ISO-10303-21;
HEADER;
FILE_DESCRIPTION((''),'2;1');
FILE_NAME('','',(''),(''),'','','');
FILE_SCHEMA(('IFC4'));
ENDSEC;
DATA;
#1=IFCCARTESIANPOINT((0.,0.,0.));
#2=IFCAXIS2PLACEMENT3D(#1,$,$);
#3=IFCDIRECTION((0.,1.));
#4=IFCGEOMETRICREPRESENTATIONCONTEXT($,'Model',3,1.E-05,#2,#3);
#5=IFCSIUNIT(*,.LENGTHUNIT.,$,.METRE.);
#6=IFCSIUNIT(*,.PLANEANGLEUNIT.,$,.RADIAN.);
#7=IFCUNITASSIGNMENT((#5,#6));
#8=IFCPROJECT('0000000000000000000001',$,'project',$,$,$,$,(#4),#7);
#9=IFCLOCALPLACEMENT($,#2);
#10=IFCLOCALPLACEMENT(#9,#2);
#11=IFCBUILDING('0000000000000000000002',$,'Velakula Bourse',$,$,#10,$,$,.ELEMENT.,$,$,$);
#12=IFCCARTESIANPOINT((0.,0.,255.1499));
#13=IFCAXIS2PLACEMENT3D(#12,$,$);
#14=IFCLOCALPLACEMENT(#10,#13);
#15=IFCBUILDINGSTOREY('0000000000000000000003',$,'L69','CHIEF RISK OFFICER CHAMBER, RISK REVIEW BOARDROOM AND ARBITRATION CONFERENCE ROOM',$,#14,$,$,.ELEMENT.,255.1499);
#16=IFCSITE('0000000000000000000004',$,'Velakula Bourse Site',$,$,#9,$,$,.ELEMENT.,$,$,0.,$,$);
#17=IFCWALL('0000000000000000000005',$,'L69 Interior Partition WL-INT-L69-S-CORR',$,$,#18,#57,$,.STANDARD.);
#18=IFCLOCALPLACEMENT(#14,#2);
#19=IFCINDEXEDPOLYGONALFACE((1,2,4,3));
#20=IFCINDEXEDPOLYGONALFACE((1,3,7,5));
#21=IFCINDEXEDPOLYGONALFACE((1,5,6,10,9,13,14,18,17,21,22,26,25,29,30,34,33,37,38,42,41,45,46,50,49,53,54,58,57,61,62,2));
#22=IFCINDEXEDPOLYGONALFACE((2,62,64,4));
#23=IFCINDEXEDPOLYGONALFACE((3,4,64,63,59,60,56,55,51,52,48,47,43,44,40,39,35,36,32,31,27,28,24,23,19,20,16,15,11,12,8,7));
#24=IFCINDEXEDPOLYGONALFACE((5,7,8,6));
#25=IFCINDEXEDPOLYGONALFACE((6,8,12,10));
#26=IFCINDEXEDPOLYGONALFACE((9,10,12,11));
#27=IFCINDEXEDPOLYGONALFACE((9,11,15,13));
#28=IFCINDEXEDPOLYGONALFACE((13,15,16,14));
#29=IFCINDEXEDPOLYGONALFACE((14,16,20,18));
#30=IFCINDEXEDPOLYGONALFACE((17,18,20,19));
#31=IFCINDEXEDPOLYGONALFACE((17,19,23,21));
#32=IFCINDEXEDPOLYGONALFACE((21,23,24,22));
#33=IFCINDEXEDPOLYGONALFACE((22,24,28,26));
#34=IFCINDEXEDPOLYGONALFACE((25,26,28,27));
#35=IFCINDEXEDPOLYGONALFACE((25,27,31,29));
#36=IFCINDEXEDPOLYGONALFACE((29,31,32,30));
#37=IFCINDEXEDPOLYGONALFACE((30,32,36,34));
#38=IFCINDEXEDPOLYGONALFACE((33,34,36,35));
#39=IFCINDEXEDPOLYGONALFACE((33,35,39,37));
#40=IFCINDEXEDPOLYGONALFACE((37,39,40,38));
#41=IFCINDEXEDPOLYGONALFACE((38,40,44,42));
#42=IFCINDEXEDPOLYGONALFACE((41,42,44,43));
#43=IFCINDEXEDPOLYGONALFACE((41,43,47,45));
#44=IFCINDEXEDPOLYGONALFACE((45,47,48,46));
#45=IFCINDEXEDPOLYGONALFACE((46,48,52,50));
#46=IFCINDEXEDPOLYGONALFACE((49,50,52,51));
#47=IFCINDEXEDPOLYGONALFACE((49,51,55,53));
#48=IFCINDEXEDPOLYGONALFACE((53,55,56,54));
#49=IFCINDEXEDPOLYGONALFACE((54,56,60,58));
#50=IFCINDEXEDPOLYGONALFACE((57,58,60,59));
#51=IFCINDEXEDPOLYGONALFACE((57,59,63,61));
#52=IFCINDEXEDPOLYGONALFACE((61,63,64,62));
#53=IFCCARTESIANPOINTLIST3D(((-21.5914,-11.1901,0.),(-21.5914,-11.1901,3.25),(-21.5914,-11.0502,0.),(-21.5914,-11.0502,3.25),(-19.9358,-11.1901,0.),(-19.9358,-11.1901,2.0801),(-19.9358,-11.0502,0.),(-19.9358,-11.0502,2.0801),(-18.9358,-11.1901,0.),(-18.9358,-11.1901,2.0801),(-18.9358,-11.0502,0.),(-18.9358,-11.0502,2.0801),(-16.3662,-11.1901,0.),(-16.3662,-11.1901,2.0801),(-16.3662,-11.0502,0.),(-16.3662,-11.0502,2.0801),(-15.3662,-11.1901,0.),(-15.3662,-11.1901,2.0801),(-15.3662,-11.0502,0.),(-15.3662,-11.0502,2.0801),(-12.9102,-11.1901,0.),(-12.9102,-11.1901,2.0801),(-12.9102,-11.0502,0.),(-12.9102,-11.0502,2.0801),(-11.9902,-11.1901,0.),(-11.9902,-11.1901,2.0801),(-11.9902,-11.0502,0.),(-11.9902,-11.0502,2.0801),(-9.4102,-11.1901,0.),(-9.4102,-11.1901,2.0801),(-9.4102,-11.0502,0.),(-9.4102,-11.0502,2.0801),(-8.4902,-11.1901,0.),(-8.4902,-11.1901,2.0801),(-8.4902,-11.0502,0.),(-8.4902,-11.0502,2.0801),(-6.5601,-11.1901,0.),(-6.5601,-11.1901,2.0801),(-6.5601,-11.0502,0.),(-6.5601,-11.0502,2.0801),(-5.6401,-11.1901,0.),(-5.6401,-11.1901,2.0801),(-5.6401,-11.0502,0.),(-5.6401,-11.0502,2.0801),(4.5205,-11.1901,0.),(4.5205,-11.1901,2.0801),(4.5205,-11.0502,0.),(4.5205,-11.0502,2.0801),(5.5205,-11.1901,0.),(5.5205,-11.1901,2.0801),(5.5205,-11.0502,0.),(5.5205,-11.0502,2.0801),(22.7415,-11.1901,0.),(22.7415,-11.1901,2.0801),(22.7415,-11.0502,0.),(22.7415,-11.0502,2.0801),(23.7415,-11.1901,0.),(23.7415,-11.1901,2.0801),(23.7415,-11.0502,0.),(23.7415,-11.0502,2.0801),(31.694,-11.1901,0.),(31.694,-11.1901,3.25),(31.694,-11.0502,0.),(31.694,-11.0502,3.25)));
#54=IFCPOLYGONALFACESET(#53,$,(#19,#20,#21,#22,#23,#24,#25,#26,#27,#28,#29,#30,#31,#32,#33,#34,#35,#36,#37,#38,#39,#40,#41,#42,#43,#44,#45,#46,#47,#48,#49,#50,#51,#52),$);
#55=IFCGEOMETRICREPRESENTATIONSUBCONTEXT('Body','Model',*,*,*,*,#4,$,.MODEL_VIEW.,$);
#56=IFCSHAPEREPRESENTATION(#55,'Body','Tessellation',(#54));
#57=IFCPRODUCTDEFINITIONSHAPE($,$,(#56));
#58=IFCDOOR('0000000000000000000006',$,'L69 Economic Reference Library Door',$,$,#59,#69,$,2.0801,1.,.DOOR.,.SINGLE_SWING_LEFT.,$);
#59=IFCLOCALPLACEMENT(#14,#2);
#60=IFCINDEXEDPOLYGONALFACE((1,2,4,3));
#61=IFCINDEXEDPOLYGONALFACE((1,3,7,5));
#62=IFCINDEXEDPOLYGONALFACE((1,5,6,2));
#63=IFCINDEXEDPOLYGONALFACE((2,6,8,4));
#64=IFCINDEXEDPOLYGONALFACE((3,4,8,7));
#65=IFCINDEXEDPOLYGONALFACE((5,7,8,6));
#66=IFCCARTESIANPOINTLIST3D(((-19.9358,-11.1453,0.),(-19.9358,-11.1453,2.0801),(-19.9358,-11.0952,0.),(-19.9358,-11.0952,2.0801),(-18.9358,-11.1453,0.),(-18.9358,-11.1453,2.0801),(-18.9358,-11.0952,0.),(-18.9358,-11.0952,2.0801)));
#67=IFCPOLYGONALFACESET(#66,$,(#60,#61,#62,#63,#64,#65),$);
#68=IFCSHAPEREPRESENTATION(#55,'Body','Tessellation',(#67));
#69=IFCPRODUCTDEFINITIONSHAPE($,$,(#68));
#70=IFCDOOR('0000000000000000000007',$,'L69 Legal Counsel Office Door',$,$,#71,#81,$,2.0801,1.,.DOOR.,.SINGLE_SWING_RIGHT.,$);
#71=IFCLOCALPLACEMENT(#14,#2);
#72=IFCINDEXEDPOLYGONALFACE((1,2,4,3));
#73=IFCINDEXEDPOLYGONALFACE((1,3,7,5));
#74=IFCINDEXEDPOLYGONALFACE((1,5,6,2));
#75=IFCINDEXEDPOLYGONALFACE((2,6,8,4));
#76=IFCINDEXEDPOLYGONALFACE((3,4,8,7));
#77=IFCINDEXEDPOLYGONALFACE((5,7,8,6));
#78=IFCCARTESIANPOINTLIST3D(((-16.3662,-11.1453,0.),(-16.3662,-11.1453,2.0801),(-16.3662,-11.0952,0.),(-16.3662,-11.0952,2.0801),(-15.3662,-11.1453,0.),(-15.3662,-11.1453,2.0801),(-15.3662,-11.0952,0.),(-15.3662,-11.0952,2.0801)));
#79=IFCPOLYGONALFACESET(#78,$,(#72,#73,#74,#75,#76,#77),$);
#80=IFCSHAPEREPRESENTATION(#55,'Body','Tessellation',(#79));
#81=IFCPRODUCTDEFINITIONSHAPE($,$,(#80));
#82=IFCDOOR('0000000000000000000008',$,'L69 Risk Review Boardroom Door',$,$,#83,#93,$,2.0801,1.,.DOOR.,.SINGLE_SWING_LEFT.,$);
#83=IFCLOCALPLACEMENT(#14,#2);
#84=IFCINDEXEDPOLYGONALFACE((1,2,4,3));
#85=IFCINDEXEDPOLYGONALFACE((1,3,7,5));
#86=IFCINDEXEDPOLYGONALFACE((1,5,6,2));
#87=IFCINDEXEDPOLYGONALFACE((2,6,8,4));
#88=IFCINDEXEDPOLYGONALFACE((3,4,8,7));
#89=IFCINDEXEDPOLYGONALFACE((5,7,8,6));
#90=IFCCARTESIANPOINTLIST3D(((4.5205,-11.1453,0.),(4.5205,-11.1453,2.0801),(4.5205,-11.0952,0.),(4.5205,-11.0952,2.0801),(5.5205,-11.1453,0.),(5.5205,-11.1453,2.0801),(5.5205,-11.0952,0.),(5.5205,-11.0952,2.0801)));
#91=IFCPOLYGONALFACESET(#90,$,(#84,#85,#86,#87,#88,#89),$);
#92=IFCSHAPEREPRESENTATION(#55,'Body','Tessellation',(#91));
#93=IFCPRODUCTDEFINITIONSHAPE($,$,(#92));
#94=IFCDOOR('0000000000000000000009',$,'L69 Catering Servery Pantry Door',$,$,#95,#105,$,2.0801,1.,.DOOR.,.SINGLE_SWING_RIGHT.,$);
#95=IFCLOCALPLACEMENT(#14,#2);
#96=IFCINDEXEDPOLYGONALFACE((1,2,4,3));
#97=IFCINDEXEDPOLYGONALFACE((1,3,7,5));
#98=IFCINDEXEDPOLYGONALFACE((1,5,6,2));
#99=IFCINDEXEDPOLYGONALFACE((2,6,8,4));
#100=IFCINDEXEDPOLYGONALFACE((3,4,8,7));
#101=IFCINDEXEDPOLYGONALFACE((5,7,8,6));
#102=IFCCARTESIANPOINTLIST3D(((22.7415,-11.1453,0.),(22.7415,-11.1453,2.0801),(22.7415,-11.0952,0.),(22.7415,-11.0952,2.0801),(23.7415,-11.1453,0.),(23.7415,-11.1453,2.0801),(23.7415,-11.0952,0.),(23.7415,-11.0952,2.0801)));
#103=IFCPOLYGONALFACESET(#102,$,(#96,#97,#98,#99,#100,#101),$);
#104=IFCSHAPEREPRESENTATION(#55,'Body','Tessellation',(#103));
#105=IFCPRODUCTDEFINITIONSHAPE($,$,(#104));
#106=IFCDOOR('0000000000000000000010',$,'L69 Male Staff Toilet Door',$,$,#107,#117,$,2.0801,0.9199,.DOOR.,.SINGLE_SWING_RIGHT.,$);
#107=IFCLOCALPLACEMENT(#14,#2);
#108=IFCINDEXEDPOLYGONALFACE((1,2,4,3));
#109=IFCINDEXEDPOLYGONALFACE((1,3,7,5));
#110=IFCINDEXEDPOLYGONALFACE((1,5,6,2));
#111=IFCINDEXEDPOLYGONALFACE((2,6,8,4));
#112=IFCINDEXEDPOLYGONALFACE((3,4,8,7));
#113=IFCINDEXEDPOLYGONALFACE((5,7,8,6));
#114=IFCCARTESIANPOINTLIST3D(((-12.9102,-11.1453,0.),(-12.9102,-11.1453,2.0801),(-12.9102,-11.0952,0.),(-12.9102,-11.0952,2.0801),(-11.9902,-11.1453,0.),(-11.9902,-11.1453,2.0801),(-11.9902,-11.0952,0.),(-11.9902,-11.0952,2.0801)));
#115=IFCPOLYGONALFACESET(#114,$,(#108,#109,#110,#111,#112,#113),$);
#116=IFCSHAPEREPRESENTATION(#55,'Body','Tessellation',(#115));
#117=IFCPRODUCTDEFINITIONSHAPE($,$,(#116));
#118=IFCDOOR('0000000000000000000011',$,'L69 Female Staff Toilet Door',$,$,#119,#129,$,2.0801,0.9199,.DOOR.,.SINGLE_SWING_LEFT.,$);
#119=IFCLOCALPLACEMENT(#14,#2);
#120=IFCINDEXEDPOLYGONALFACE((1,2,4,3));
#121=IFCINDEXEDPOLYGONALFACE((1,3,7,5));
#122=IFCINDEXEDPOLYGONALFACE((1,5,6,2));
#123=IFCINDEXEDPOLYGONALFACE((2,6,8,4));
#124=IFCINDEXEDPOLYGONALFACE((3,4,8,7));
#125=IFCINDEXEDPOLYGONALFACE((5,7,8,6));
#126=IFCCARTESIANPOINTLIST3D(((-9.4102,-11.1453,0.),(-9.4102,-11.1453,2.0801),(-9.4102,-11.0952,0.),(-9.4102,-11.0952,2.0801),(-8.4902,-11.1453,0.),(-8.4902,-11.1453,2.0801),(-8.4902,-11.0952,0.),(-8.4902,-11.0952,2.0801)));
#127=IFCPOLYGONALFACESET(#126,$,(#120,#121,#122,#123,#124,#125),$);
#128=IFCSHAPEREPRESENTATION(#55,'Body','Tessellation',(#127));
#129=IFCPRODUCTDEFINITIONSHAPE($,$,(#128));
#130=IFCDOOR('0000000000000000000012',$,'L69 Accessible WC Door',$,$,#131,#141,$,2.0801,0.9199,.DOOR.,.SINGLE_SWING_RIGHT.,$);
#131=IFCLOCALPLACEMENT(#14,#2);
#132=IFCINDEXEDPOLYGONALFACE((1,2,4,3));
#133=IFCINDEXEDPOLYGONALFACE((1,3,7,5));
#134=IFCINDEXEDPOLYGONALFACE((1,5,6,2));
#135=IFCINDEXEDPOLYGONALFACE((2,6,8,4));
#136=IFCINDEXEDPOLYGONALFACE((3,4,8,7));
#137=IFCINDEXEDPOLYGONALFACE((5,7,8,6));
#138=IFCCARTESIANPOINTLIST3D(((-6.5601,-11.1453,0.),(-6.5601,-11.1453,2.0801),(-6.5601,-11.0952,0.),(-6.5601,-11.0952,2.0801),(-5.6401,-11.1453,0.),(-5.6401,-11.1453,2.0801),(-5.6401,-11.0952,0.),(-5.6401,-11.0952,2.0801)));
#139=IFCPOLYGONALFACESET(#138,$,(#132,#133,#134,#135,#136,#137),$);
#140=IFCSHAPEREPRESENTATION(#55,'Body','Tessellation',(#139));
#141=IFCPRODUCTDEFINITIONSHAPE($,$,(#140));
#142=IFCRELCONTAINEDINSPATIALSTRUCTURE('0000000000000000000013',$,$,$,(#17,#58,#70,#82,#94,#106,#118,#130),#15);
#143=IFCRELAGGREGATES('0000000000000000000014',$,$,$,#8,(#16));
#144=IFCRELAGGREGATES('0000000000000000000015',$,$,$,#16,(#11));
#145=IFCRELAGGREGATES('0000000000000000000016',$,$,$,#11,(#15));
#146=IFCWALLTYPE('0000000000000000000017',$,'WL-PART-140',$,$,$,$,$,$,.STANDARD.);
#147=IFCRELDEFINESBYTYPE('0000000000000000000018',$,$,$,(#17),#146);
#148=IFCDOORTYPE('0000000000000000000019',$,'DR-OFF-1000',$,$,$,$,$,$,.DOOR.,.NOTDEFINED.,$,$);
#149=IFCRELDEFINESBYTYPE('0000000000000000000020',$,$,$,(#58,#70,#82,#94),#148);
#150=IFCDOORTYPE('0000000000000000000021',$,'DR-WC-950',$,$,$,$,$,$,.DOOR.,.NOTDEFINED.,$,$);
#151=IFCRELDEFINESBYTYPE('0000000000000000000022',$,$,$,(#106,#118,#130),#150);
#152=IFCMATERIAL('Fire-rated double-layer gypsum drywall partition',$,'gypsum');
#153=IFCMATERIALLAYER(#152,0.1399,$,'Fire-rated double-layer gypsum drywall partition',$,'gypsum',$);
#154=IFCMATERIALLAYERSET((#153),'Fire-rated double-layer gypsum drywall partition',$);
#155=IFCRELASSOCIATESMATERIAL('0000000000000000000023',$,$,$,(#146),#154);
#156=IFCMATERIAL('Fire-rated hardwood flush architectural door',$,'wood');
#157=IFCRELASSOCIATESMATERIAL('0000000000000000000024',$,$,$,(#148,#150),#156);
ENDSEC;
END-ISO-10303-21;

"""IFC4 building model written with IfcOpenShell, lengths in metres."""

from ifc_helpers import new_model, si_unit, direction, frame, frame_2d, origin, place, context, subcontext, project, spatial, rectangle, extrude, material, layer, layer_set, type_object, element, fill, save


model = new_model("IFC4")

# Units and contexts
model_context = context("Model", 3, precision=1e-05, world=origin(), true_north=direction((0.0, 1.0)))
body_context = subcontext(model_context, "Body", "Model", "MODEL_VIEW")
ifc_project = project(units=[si_unit("LENGTHUNIT", "METRE"), si_unit("PLANEANGLEUNIT", "RADIAN")], contexts=[model_context])

# Site, building, storey
site_placement = place(None, origin())
site = spatial("IfcSite", under=ifc_project, at=site_placement, Name="Velakula Bourse Site", CompositionType="ELEMENT", RefElevation=0.0)
building_placement = place(site_placement, origin())
building = spatial("IfcBuilding", under=site, at=building_placement, Name="Velakula Bourse", CompositionType="ELEMENT")
storey_placement = place(building_placement, frame((0.0, 0.0, 255.1499)))
storey = spatial("IfcBuildingStorey", under=building, at=storey_placement, Name="L69", Description="CHIEF RISK OFFICER CHAMBER, RISK REVIEW BOARDROOM AND ARBITRATION CONFERENCE ROOM", CompositionType="ELEMENT", Elevation=255.1499)

# Wall, openings, doors
ifc_material_1 = material(Name="Fire-rated double-layer gypsum drywall partition", Category="gypsum")
ifc_layer_1 = layer(ifc_material_1, 0.1399, Name="Fire-rated double-layer gypsum drywall partition", Category="gypsum")
ifc_layer_set_1 = layer_set([ifc_layer_1], Name="Fire-rated double-layer gypsum drywall partition")
wall_type_1 = type_object("IfcWallType", Name="WL-PART-140", PredefinedType="STANDARD", material=ifc_layer_set_1)
wall_1_placement = place(storey_placement, frame((-21.5913, -11.1201, 0.0), z_axis=(0.0, 0.0, 1.0), x_axis=(1.0, 0.0, 0.0)))
wall_1 = element("IfcWall", 1, at=wall_1_placement, inside=storey, type_object=wall_type_1, Name="L69 Interior Partition WL-INT-L69-S-CORR", PredefinedType="STANDARD", context=body_context, shape_type="SweptSolid", body=[
    extrude(rectangle(XDim=53.2854, YDim=0.1399, at=frame_2d((26.6426, 0.0))), origin(), (0.0, 0.0, 1.0), 3.25),
])
opening_1_placement = place(wall_1_placement, frame((8.6812, 0.0, 0.0)))
opening_1 = element("IfcOpeningElement", 2, at=opening_1_placement, cuts=wall_1, PredefinedType="OPENING", context=body_context, shape_type="SweptSolid", body=[
    extrude(rectangle(XDim=0.9199, YDim=2.0801, at=frame_2d((0.46, 1.04))), frame((0.0, 0.0798, 0.0), z_axis=(0.0, -1.0, 0.0), x_axis=(1.0, 0.0, 0.0)), (0.0, 0.0, 1.0), 0.1599),
])
opening_2_placement = place(wall_1_placement, frame((12.1812, 0.0, 0.0)))
opening_2 = element("IfcOpeningElement", 3, at=opening_2_placement, cuts=wall_1, PredefinedType="OPENING", context=body_context, shape_type="SweptSolid", body=[
    extrude(rectangle(XDim=0.9199, YDim=2.0801, at=frame_2d((0.46, 1.04))), frame((0.0, 0.0798, 0.0), z_axis=(0.0, -1.0, 0.0), x_axis=(1.0, 0.0, 0.0)), (0.0, 0.0, 1.0), 0.1599),
])
opening_3_placement = place(wall_1_placement, frame((15.0312, 0.0, 0.0)))
opening_3 = element("IfcOpeningElement", 4, at=opening_3_placement, cuts=wall_1, PredefinedType="OPENING", context=body_context, shape_type="SweptSolid", body=[
    extrude(rectangle(XDim=0.9199, YDim=2.0801, at=frame_2d((0.46, 1.04))), frame((0.0, 0.0798, 0.0), z_axis=(0.0, -1.0, 0.0), x_axis=(1.0, 0.0, 0.0)), (0.0, 0.0, 1.0), 0.1599),
])
opening_4_placement = place(wall_1_placement, frame((1.6555, 0.0, 0.0)))
opening_4 = element("IfcOpeningElement", 5, at=opening_4_placement, cuts=wall_1, PredefinedType="OPENING", context=body_context, shape_type="SweptSolid", body=[
    extrude(rectangle(XDim=1.0, YDim=2.0801, at=frame_2d((0.5, 1.04))), frame((0.0, 0.0798, 0.0), z_axis=(0.0, -1.0, 0.0), x_axis=(1.0, 0.0, 0.0)), (0.0, 0.0, 1.0), 0.1599),
])
opening_5_placement = place(wall_1_placement, frame((5.2251, 0.0, 0.0)))
opening_5 = element("IfcOpeningElement", 6, at=opening_5_placement, cuts=wall_1, PredefinedType="OPENING", context=body_context, shape_type="SweptSolid", body=[
    extrude(rectangle(XDim=1.0, YDim=2.0801, at=frame_2d((0.5, 1.04))), frame((0.0, 0.0798, 0.0), z_axis=(0.0, -1.0, 0.0), x_axis=(1.0, 0.0, 0.0)), (0.0, 0.0, 1.0), 0.1599),
])
opening_6_placement = place(wall_1_placement, frame((26.1118, 0.0, 0.0)))
opening_6 = element("IfcOpeningElement", 7, at=opening_6_placement, cuts=wall_1, PredefinedType="OPENING", context=body_context, shape_type="SweptSolid", body=[
    extrude(rectangle(XDim=1.0, YDim=2.0801, at=frame_2d((0.5, 1.04))), frame((0.0, 0.0798, 0.0), z_axis=(0.0, -1.0, 0.0), x_axis=(1.0, 0.0, 0.0)), (0.0, 0.0, 1.0), 0.1599),
])
opening_7_placement = place(wall_1_placement, frame((44.3328, 0.0, 0.0)))
opening_7 = element("IfcOpeningElement", 8, at=opening_7_placement, cuts=wall_1, PredefinedType="OPENING", context=body_context, shape_type="SweptSolid", body=[
    extrude(rectangle(XDim=1.0, YDim=2.0801, at=frame_2d((0.5, 1.04))), frame((0.0, 0.0798, 0.0), z_axis=(0.0, -1.0, 0.0), x_axis=(1.0, 0.0, 0.0)), (0.0, 0.0, 1.0), 0.1599),
])
ifc_material_2 = material(Name="Fire-rated hardwood flush architectural door", Category="wood")
door_type_1 = type_object("IfcDoorType", Name="DR-OFF-1000", OperationType="NOTDEFINED", PredefinedType="DOOR", material=ifc_material_2)
door_1_placement = place(opening_4_placement, origin())
door_1 = element("IfcDoor", 9, at=door_1_placement, inside=storey, type_object=door_type_1, Name="L69 Economic Reference Library Door", OperationType="SINGLE_SWING_LEFT", OverallHeight=2.0801, OverallWidth=1.0, PredefinedType="DOOR", context=body_context, shape_type="SweptSolid", body=[
    extrude(rectangle(XDim=1.0, YDim=2.0801, at=frame_2d((0.5, 1.04))), frame((0.0, 0.0249, 0.0), z_axis=(0.0, -1.0, 0.0), x_axis=(1.0, 0.0, 0.0)), (0.0, 0.0, 1.0), 0.05),
])
fill(opening_4, door_1)
door_2_placement = place(opening_5_placement, origin())
door_2 = element("IfcDoor", 10, at=door_2_placement, inside=storey, type_object=door_type_1, Name="L69 Legal Counsel Office Door", OperationType="SINGLE_SWING_RIGHT", OverallHeight=2.0801, OverallWidth=1.0, PredefinedType="DOOR", context=body_context, shape_type="SweptSolid", body=[
    extrude(rectangle(XDim=1.0, YDim=2.0801, at=frame_2d((0.5, 1.04))), frame((0.0, 0.0249, 0.0), z_axis=(0.0, -1.0, 0.0), x_axis=(1.0, 0.0, 0.0)), (0.0, 0.0, 1.0), 0.05),
])
fill(opening_5, door_2)
door_3_placement = place(opening_6_placement, origin())
door_3 = element("IfcDoor", 11, at=door_3_placement, inside=storey, type_object=door_type_1, Name="L69 Risk Review Boardroom Door", OperationType="SINGLE_SWING_LEFT", OverallHeight=2.0801, OverallWidth=1.0, PredefinedType="DOOR", context=body_context, shape_type="SweptSolid", body=[
    extrude(rectangle(XDim=1.0, YDim=2.0801, at=frame_2d((0.5, 1.04))), frame((0.0, 0.0249, 0.0), z_axis=(0.0, -1.0, 0.0), x_axis=(1.0, 0.0, 0.0)), (0.0, 0.0, 1.0), 0.05),
])
fill(opening_6, door_3)
door_4_placement = place(opening_7_placement, origin())
door_4 = element("IfcDoor", 12, at=door_4_placement, inside=storey, type_object=door_type_1, Name="L69 Catering Servery Pantry Door", OperationType="SINGLE_SWING_RIGHT", OverallHeight=2.0801, OverallWidth=1.0, PredefinedType="DOOR", context=body_context, shape_type="SweptSolid", body=[
    extrude(rectangle(XDim=1.0, YDim=2.0801, at=frame_2d((0.5, 1.04))), frame((0.0, 0.0249, 0.0), z_axis=(0.0, -1.0, 0.0), x_axis=(1.0, 0.0, 0.0)), (0.0, 0.0, 1.0), 0.05),
])
fill(opening_7, door_4)
door_type_2 = type_object("IfcDoorType", Name="DR-WC-950", OperationType="NOTDEFINED", PredefinedType="DOOR", material=ifc_material_2)
door_5_placement = place(opening_1_placement, origin())
door_5 = element("IfcDoor", 13, at=door_5_placement, inside=storey, type_object=door_type_2, Name="L69 Male Staff Toilet Door", OperationType="SINGLE_SWING_RIGHT", OverallHeight=2.0801, OverallWidth=0.9199, PredefinedType="DOOR", context=body_context, shape_type="SweptSolid", body=[
    extrude(rectangle(XDim=0.9199, YDim=2.0801, at=frame_2d((0.46, 1.04))), frame((0.0, 0.0249, 0.0), z_axis=(0.0, -1.0, 0.0), x_axis=(1.0, 0.0, 0.0)), (0.0, 0.0, 1.0), 0.05),
])
fill(opening_1, door_5)
door_6_placement = place(opening_2_placement, origin())
door_6 = element("IfcDoor", 14, at=door_6_placement, inside=storey, type_object=door_type_2, Name="L69 Female Staff Toilet Door", OperationType="SINGLE_SWING_LEFT", OverallHeight=2.0801, OverallWidth=0.9199, PredefinedType="DOOR", context=body_context, shape_type="SweptSolid", body=[
    extrude(rectangle(XDim=0.9199, YDim=2.0801, at=frame_2d((0.46, 1.04))), frame((0.0, 0.0249, 0.0), z_axis=(0.0, -1.0, 0.0), x_axis=(1.0, 0.0, 0.0)), (0.0, 0.0, 1.0), 0.05),
])
fill(opening_2, door_6)
door_7_placement = place(opening_3_placement, origin())
door_7 = element("IfcDoor", 15, at=door_7_placement, inside=storey, type_object=door_type_2, Name="L69 Accessible WC Door", OperationType="SINGLE_SWING_RIGHT", OverallHeight=2.0801, OverallWidth=0.9199, PredefinedType="DOOR", context=body_context, shape_type="SweptSolid", body=[
    extrude(rectangle(XDim=0.9199, YDim=2.0801, at=frame_2d((0.46, 1.04))), frame((0.0, 0.0249, 0.0), z_axis=(0.0, -1.0, 0.0), x_axis=(1.0, 0.0, 0.0)), (0.0, 0.0, 1.0), 0.05),
])
fill(opening_3, door_7)

save(model, "model.ifc")
